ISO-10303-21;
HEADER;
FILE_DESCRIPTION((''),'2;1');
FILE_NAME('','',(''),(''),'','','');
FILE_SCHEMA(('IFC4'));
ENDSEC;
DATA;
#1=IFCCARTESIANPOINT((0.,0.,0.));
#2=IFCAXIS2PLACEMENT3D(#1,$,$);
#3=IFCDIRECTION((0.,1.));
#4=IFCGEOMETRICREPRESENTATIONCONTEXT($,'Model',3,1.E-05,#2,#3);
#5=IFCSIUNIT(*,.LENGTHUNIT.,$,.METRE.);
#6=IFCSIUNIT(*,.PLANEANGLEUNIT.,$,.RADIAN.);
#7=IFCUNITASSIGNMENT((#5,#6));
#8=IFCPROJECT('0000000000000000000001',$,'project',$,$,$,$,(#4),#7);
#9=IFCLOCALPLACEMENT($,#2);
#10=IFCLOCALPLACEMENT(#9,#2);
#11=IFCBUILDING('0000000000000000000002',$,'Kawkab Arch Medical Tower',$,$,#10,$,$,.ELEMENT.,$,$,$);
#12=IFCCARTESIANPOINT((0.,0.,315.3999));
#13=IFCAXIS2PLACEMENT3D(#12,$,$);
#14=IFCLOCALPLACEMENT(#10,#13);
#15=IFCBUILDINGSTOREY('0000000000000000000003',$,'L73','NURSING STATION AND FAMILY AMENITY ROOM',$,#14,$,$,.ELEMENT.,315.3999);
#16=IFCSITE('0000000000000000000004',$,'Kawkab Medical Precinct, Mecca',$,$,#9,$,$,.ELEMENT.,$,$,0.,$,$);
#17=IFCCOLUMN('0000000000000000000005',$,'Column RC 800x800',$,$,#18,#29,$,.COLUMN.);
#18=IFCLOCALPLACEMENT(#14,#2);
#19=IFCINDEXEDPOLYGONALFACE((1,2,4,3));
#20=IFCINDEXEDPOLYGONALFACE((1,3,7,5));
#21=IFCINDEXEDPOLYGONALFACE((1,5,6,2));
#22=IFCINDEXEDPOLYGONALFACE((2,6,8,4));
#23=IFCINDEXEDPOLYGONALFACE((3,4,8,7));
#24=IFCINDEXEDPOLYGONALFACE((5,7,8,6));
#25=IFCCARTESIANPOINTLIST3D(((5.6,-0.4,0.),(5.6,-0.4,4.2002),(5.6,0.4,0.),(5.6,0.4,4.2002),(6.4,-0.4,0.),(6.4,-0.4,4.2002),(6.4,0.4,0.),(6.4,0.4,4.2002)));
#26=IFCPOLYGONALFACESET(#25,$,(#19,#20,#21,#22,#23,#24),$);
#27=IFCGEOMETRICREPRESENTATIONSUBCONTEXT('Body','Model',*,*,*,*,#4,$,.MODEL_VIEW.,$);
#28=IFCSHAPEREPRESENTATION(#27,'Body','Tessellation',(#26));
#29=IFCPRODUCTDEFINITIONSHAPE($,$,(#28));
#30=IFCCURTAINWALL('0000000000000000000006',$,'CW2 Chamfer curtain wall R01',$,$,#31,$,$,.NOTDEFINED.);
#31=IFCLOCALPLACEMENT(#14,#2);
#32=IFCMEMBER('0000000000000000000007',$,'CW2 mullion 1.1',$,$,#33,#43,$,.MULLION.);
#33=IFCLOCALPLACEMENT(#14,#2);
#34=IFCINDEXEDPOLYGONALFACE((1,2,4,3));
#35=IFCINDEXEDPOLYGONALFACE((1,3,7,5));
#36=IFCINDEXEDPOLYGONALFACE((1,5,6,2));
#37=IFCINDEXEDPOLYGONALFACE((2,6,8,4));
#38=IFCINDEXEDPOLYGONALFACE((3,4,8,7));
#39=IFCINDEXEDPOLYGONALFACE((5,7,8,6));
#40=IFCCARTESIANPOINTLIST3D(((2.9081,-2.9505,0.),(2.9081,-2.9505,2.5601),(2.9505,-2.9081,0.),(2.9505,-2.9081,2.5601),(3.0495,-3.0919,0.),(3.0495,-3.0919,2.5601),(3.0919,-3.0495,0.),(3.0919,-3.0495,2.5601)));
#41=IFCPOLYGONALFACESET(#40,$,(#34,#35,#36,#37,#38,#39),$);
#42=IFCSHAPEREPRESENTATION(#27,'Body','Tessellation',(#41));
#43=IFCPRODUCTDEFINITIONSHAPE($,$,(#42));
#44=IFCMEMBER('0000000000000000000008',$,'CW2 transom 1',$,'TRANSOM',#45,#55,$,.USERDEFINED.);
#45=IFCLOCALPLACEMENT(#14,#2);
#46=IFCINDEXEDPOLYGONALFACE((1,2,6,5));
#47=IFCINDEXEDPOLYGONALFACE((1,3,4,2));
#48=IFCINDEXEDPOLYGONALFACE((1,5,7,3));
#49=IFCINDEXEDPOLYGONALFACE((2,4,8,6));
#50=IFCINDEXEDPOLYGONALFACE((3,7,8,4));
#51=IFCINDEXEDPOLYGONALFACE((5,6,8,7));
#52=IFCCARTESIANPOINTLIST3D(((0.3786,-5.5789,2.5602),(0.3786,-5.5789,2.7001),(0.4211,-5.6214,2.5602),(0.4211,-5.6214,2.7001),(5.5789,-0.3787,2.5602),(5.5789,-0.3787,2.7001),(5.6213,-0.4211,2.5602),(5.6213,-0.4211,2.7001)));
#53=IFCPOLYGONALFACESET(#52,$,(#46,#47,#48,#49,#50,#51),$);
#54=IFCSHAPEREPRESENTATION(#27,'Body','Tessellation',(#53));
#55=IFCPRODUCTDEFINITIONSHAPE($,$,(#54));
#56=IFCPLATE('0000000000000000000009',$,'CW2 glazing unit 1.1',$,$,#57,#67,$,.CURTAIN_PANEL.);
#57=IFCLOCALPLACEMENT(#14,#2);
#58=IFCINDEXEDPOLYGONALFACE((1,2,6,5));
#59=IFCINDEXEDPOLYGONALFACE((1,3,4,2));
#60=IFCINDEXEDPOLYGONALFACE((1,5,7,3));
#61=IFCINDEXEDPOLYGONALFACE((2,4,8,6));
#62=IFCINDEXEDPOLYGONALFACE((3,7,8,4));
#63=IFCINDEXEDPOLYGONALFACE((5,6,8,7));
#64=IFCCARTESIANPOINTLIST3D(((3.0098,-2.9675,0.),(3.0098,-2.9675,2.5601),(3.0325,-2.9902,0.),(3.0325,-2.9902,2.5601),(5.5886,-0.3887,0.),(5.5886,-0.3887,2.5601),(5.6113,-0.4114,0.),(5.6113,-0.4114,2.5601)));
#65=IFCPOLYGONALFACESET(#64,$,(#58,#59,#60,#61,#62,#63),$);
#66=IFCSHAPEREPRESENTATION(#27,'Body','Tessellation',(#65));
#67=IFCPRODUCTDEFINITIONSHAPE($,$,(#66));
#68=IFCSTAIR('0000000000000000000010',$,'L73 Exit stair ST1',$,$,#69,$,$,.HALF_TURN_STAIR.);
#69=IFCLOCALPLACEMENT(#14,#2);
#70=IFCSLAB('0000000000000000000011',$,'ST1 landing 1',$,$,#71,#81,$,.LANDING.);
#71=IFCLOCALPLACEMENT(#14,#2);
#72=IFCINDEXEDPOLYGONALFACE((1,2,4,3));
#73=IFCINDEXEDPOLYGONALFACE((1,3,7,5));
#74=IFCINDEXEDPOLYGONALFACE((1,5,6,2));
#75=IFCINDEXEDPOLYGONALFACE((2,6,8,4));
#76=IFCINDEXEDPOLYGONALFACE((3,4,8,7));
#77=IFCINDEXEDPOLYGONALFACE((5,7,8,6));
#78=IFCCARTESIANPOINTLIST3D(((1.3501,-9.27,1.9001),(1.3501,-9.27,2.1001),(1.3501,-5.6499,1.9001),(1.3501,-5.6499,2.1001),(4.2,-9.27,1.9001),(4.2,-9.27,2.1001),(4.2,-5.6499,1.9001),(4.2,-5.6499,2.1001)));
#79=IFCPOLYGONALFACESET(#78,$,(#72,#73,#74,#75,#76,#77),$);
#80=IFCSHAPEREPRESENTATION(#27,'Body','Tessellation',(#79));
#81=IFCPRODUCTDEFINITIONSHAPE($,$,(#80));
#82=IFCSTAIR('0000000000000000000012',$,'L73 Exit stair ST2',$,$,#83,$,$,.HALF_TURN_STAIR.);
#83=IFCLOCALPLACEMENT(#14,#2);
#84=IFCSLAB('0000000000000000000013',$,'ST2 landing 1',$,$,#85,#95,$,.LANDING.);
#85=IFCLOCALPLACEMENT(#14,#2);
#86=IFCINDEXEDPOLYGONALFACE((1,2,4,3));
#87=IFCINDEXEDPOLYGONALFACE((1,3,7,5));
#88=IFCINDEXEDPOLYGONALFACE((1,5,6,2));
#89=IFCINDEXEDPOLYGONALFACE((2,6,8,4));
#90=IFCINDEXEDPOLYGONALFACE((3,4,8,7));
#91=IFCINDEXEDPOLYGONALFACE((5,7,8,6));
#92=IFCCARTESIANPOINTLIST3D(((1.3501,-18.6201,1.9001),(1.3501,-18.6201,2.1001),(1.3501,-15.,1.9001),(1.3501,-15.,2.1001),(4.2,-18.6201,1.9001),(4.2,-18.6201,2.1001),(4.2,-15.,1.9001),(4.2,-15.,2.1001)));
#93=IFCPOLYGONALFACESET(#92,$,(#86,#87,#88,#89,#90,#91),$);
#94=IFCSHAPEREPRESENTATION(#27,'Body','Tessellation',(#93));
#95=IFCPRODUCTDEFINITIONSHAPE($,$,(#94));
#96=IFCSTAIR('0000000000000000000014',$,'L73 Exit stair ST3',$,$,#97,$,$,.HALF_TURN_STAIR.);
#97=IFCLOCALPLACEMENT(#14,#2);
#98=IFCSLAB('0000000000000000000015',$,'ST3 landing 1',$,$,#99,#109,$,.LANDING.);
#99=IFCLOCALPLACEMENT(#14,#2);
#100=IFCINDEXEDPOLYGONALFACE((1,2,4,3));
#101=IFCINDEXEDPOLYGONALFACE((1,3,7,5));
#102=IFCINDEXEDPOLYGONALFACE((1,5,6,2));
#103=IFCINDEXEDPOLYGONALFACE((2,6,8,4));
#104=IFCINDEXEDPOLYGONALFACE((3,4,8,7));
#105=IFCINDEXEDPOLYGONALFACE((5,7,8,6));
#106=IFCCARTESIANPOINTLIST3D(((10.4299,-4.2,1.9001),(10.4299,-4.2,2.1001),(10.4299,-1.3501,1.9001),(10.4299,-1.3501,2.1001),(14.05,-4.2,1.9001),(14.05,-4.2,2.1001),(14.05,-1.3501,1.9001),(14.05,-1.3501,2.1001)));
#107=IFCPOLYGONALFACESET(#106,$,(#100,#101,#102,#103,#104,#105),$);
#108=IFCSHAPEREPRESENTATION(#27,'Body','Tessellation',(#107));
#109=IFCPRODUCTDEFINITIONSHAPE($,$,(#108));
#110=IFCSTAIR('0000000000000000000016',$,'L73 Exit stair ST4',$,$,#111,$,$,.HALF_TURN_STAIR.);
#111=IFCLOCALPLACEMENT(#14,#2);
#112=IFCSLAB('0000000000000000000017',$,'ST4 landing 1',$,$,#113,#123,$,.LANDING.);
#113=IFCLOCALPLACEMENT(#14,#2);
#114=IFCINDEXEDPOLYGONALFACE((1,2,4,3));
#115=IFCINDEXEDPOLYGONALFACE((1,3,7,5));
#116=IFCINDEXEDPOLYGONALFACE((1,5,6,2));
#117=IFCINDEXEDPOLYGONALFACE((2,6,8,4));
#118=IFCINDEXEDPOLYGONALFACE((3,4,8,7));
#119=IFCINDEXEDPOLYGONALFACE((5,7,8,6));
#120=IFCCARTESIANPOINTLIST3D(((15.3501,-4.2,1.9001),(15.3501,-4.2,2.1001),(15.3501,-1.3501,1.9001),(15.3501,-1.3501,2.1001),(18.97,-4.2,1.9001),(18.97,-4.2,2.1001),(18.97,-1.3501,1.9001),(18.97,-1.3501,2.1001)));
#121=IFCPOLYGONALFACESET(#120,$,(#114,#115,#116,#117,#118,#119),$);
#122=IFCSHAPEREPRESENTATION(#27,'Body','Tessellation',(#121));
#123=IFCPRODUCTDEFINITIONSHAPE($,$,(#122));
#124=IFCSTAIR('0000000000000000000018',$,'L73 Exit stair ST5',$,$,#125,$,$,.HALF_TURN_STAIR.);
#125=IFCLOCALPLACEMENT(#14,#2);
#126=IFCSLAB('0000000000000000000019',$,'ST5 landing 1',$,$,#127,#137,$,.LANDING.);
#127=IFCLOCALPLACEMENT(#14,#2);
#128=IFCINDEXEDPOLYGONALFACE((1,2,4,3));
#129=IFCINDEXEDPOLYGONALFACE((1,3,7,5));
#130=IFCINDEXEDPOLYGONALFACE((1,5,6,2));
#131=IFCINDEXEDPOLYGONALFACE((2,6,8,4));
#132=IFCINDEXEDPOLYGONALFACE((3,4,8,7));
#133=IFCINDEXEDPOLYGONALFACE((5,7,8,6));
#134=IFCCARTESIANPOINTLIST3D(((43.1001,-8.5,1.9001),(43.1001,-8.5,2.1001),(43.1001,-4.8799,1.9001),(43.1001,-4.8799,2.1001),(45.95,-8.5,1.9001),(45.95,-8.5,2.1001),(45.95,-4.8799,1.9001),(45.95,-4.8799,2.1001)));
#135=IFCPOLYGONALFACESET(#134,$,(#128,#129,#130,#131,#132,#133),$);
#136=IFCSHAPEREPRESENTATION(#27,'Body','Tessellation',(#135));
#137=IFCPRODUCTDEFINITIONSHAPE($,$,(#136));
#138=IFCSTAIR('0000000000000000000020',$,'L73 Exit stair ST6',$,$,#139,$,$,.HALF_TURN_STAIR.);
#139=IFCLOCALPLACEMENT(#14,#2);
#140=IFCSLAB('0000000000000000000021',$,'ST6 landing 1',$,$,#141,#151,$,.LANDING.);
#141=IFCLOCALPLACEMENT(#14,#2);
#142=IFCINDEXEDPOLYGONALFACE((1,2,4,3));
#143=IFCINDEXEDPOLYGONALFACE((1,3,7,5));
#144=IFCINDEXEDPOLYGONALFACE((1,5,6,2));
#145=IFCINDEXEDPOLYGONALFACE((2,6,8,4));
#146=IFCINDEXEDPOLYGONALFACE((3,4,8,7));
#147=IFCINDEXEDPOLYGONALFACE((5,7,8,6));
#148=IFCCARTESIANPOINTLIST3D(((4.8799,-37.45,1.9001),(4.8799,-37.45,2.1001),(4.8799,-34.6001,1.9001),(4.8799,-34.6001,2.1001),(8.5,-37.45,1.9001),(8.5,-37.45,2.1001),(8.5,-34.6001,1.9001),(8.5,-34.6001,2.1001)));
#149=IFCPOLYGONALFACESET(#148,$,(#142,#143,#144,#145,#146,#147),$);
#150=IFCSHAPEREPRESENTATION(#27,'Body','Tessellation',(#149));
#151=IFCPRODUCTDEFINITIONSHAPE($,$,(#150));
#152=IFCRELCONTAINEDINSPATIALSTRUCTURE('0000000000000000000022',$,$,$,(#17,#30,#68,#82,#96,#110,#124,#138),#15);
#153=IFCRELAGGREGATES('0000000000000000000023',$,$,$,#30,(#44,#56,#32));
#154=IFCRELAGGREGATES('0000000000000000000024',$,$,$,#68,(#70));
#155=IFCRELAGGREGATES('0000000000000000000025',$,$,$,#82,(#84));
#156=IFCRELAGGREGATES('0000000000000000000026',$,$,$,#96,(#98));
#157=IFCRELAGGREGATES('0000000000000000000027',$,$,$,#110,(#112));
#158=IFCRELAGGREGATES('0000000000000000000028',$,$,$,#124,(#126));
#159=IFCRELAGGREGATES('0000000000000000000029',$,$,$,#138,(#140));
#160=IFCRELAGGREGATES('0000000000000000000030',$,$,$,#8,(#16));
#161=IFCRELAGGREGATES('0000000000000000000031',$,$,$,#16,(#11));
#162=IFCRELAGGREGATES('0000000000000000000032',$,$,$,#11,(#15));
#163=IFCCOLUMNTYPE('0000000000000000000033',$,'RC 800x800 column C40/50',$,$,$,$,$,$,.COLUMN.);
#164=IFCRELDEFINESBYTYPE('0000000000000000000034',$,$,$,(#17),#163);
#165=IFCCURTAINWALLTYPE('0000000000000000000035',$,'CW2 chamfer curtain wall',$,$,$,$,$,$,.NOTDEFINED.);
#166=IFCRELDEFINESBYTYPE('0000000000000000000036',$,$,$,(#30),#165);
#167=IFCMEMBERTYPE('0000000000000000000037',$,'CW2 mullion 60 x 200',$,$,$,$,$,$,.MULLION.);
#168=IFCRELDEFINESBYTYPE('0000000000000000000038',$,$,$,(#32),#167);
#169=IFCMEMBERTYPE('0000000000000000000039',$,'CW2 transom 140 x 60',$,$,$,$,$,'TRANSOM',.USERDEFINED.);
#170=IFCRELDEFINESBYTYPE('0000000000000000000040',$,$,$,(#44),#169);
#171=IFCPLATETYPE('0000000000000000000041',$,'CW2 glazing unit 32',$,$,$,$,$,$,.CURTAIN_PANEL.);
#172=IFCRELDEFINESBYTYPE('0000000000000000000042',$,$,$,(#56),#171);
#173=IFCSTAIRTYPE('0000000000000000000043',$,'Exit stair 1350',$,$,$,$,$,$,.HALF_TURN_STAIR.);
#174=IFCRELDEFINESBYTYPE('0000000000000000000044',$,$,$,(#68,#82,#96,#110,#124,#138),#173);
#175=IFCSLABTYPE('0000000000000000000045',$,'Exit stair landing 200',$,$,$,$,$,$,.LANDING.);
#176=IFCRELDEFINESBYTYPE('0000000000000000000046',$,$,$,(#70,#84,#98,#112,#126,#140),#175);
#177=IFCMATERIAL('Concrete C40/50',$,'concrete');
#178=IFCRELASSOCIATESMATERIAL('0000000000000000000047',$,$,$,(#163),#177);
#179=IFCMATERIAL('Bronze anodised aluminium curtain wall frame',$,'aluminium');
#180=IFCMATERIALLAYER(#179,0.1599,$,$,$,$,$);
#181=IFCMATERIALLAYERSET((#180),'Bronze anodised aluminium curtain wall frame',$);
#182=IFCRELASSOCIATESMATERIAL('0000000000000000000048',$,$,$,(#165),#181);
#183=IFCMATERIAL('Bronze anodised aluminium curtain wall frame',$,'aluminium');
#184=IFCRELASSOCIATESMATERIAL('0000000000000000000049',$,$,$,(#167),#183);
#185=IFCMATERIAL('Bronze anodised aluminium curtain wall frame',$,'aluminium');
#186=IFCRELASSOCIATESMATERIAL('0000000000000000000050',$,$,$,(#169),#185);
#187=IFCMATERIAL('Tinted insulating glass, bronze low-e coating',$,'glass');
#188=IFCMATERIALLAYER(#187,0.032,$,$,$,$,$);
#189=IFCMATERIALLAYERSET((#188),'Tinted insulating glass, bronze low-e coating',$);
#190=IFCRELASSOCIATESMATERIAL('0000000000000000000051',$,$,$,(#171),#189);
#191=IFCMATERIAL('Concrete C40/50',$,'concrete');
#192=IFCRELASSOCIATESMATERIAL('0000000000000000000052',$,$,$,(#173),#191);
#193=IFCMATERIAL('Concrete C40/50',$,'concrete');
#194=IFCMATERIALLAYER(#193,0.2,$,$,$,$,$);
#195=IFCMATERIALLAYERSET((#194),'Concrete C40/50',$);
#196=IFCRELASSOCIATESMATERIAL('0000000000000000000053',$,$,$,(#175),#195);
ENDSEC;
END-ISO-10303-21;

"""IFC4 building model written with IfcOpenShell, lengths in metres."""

from ifc_helpers import new_model, si_unit, direction, frame, origin, origin_2d, place, context, subcontext, project, spatial, polyline, rectangle, outline, extrude, material, layer, layer_set, material_profile, profile_set, type_object, element, aggregate, save


model = new_model("IFC4")

# Units and contexts
model_context = context("Model", 3, precision=1e-05, world=origin(), true_north=direction((0.0, 1.0)))
body_context = subcontext(model_context, "Body", "Model", "MODEL_VIEW")
ifc_project = project(units=[si_unit("LENGTHUNIT", "METRE"), si_unit("PLANEANGLEUNIT", "RADIAN")], contexts=[model_context])

# Site, building, storey
site_placement = place(None, origin())
site = spatial("IfcSite", under=ifc_project, at=site_placement, Name="Kawkab Medical Precinct, Mecca", CompositionType="ELEMENT", RefElevation=0.0)
building_placement = place(site_placement, origin())
building = spatial("IfcBuilding", under=site, at=building_placement, Name="Kawkab Arch Medical Tower", CompositionType="ELEMENT")
storey_placement = place(building_placement, frame((0.0, 0.0, 315.3999)))
storey = spatial("IfcBuildingStorey", under=building, at=storey_placement, Name="L73", Description="NURSING STATION AND FAMILY AMENITY ROOM", CompositionType="ELEMENT", Elevation=315.3999)

# Column
ifc_material_1 = material(Name="Concrete C40/50", Category="concrete")
ifc_material_profile_1 = material_profile(ifc_material_1, rectangle(XDim=0.8, YDim=0.8, at=origin_2d()), Name="RC 800x800")
ifc_profile_set_1 = profile_set([ifc_material_profile_1], Name="Concrete C40/50")
column_type = type_object("IfcColumnType", Name="RC 800x800 column C40/50", PredefinedType="COLUMN", material=ifc_profile_set_1)
column_placement = place(storey_placement, frame((6.0, 0.0, 0.0), z_axis=(0.0, 0.0, 1.0), x_axis=(1.0, 0.0, 0.0)))
element("IfcColumn", 1, at=column_placement, inside=storey, type_object=column_type, Name="Column RC 800x800", PredefinedType="COLUMN", context=body_context, shape_type="SweptSolid", body=[
    extrude(rectangle(XDim=0.8, YDim=0.8, at=origin_2d()), origin(), (0.0, 0.0, 1.0), 4.2002),
])

# Curtain wall, members, plate
ifc_material_2 = material(Name="Bronze anodised aluminium curtain wall frame", Category="aluminium")
ifc_layer_1 = layer(ifc_material_2, 0.1599)
ifc_layer_set_1 = layer_set([ifc_layer_1], Name="Bronze anodised aluminium curtain wall frame")
curtain_wall_type = type_object("IfcCurtainWallType", Name="CW2 chamfer curtain wall", PredefinedType="NOTDEFINED", material=ifc_layer_set_1)
placement_1 = place(storey_placement, origin())
curtain_wall = element("IfcCurtainWall", 2, at=placement_1, inside=storey, type_object=curtain_wall_type, Name="CW2 Chamfer curtain wall R01", PredefinedType="NOTDEFINED")
ifc_material_3 = material(Name="Bronze anodised aluminium curtain wall frame", Category="aluminium")
ifc_material_profile_2 = material_profile(ifc_material_3, rectangle(XDim=0.2, YDim=0.0601, at=origin_2d()), Name="AL 60x200")
ifc_profile_set_2 = profile_set([ifc_material_profile_2], Name="Bronze anodised aluminium curtain wall frame")
member_type_1 = type_object("IfcMemberType", Name="CW2 mullion 60 x 200", PredefinedType="MULLION", material=ifc_profile_set_2)
member_1_placement = place(storey_placement, frame((3.0, -3.0, 0.0), z_axis=(0.0, 0.0, 1.0), x_axis=(0.707107, -0.707107, 0.0)))
member_1 = element("IfcMember", 3, at=member_1_placement, type_object=member_type_1, Name="CW2 mullion 1.1", PredefinedType="MULLION", context=body_context, shape_type="SweptSolid", body=[
    extrude(rectangle(XDim=0.2, YDim=0.0601, at=origin_2d()), origin(), (0.0, 0.0, 1.0), 2.5601),
])
ifc_material_4 = material(Name="Bronze anodised aluminium curtain wall frame", Category="aluminium")
ifc_material_profile_3 = material_profile(ifc_material_4, rectangle(XDim=0.0601, YDim=0.1399, at=origin_2d()), Name="AL 60x140")
ifc_profile_set_3 = profile_set([ifc_material_profile_3], Name="Bronze anodised aluminium curtain wall frame")
member_type_2 = type_object("IfcMemberType", Name="CW2 transom 140 x 60", ElementType="TRANSOM", PredefinedType="USERDEFINED", material=ifc_profile_set_3)
member_2_placement = place(storey_placement, frame((5.6001, -0.3999, 2.6301), z_axis=(-0.707107, -0.707107, 0.0), x_axis=(0.707107, -0.707107, 0.0)))
member_2 = element("IfcMember", 4, at=member_2_placement, type_object=member_type_2, Name="CW2 transom 1", ObjectType="TRANSOM", PredefinedType="USERDEFINED", context=body_context, shape_type="SweptSolid", body=[
    extrude(rectangle(XDim=0.0601, YDim=0.1399, at=origin_2d()), origin(), (0.0, 0.0, 1.0), 7.3542),
])
ifc_material_5 = material(Name="Tinted insulating glass, bronze low-e coating", Category="glass")
ifc_layer_2 = layer(ifc_material_5, 0.032)
ifc_layer_set_2 = layer_set([ifc_layer_2], Name="Tinted insulating glass, bronze low-e coating")
plate_type = type_object("IfcPlateType", Name="CW2 glazing unit 32", PredefinedType="CURTAIN_PANEL", material=ifc_layer_set_2)
plate_placement = place(storey_placement, frame((4.3105, -1.6895, 0.0), z_axis=(0.0, 0.0, 1.0), x_axis=(-0.707107, -0.707107, 0.0)))
plate = element("IfcPlate", 5, at=plate_placement, type_object=plate_type, Name="CW2 glazing unit 1.1", PredefinedType="CURTAIN_PANEL", context=body_context, shape_type="SweptSolid", body=[
    extrude(rectangle(XDim=3.647, YDim=0.032, at=origin_2d()), origin(), (0.0, 0.0, 1.0), 2.5601),
])
aggregate(curtain_wall, [member_2, plate, member_1])

# Stairs, slabs
ifc_material_6 = material(Name="Concrete C40/50", Category="concrete")
stair_type = type_object("IfcStairType", Name="Exit stair 1350", PredefinedType="HALF_TURN_STAIR", material=ifc_material_6)
stair_1 = element("IfcStair", 6, at=placement_1, inside=storey, type_object=stair_type, Name="L73 Exit stair ST1", PredefinedType="HALF_TURN_STAIR")
ifc_material_7 = material(Name="Concrete C40/50", Category="concrete")
ifc_layer_3 = layer(ifc_material_7, 0.2)
ifc_layer_set_3 = layer_set([ifc_layer_3], Name="Concrete C40/50")
slab_type_1 = type_object("IfcSlabType", Name="Exit stair landing 200", PredefinedType="LANDING", material=ifc_layer_set_3)
placement_2 = place(storey_placement, frame((0.0, 0.0, 1.9001)))
slab_1 = element("IfcSlab", 7, at=placement_2, type_object=slab_type_1, Name="ST1 landing 1", PredefinedType="LANDING", context=body_context, shape_type="SweptSolid", body=[
    extrude(outline(polyline([(4.2, -9.27), (4.2, -5.6499), (1.3501, -5.6499), (1.3501, -9.27), (4.2, -9.27)])), origin(), (0.0, 0.0, 1.0), 0.2),
])
aggregate(stair_1, [slab_1])
stair_2 = element("IfcStair", 8, at=placement_1, inside=storey, type_object=stair_type, Name="L73 Exit stair ST2", PredefinedType="HALF_TURN_STAIR")
slab_2 = element("IfcSlab", 9, at=placement_2, type_object=slab_type_1, Name="ST2 landing 1", PredefinedType="LANDING", context=body_context, shape_type="SweptSolid", body=[
    extrude(outline(polyline([(4.2, -18.6201), (4.2, -15.0), (1.3501, -15.0), (1.3501, -18.6201), (4.2, -18.6201)])), origin(), (0.0, 0.0, 1.0), 0.2),
])
aggregate(stair_2, [slab_2])
stair_3 = element("IfcStair", 10, at=placement_1, inside=storey, type_object=stair_type, Name="L73 Exit stair ST3", PredefinedType="HALF_TURN_STAIR")
slab_3 = element("IfcSlab", 11, at=placement_2, type_object=slab_type_1, Name="ST3 landing 1", PredefinedType="LANDING", context=body_context, shape_type="SweptSolid", body=[
    extrude(outline(polyline([(10.4299, -4.2), (14.05, -4.2), (14.05, -1.3501), (10.4299, -1.3501), (10.4299, -4.2)])), origin(), (0.0, 0.0, 1.0), 0.2),
])
aggregate(stair_3, [slab_3])
stair_4 = element("IfcStair", 12, at=placement_1, inside=storey, type_object=stair_type, Name="L73 Exit stair ST4", PredefinedType="HALF_TURN_STAIR")
slab_4 = element("IfcSlab", 13, at=placement_2, type_object=slab_type_1, Name="ST4 landing 1", PredefinedType="LANDING", context=body_context, shape_type="SweptSolid", body=[
    extrude(outline(polyline([(18.97, -1.3501), (15.3501, -1.3501), (15.3501, -4.2), (18.97, -4.2), (18.97, -1.3501)])), origin(), (0.0, 0.0, 1.0), 0.2),
])
aggregate(stair_4, [slab_4])
stair_5 = element("IfcStair", 14, at=placement_1, inside=storey, type_object=stair_type, Name="L73 Exit stair ST5", PredefinedType="HALF_TURN_STAIR")
slab_5 = element("IfcSlab", 15, at=placement_2, type_object=slab_type_1, Name="ST5 landing 1", PredefinedType="LANDING", context=body_context, shape_type="SweptSolid", body=[
    extrude(outline(polyline([(43.1001, -4.8799), (43.1001, -8.5), (45.95, -8.5), (45.95, -4.8799), (43.1001, -4.8799)])), origin(), (0.0, 0.0, 1.0), 0.2),
])
aggregate(stair_5, [slab_5])
stair_6 = element("IfcStair", 16, at=placement_1, inside=storey, type_object=stair_type, Name="L73 Exit stair ST6", PredefinedType="HALF_TURN_STAIR")
slab_6 = element("IfcSlab", 17, at=placement_2, type_object=slab_type_1, Name="ST6 landing 1", PredefinedType="LANDING", context=body_context, shape_type="SweptSolid", body=[
    extrude(outline(polyline([(4.8799, -37.45), (8.5, -37.45), (8.5, -34.6001), (4.8799, -34.6001), (4.8799, -37.45)])), origin(), (0.0, 0.0, 1.0), 0.2),
])
aggregate(stair_6, [slab_6])

save(model, "model.ifc")
